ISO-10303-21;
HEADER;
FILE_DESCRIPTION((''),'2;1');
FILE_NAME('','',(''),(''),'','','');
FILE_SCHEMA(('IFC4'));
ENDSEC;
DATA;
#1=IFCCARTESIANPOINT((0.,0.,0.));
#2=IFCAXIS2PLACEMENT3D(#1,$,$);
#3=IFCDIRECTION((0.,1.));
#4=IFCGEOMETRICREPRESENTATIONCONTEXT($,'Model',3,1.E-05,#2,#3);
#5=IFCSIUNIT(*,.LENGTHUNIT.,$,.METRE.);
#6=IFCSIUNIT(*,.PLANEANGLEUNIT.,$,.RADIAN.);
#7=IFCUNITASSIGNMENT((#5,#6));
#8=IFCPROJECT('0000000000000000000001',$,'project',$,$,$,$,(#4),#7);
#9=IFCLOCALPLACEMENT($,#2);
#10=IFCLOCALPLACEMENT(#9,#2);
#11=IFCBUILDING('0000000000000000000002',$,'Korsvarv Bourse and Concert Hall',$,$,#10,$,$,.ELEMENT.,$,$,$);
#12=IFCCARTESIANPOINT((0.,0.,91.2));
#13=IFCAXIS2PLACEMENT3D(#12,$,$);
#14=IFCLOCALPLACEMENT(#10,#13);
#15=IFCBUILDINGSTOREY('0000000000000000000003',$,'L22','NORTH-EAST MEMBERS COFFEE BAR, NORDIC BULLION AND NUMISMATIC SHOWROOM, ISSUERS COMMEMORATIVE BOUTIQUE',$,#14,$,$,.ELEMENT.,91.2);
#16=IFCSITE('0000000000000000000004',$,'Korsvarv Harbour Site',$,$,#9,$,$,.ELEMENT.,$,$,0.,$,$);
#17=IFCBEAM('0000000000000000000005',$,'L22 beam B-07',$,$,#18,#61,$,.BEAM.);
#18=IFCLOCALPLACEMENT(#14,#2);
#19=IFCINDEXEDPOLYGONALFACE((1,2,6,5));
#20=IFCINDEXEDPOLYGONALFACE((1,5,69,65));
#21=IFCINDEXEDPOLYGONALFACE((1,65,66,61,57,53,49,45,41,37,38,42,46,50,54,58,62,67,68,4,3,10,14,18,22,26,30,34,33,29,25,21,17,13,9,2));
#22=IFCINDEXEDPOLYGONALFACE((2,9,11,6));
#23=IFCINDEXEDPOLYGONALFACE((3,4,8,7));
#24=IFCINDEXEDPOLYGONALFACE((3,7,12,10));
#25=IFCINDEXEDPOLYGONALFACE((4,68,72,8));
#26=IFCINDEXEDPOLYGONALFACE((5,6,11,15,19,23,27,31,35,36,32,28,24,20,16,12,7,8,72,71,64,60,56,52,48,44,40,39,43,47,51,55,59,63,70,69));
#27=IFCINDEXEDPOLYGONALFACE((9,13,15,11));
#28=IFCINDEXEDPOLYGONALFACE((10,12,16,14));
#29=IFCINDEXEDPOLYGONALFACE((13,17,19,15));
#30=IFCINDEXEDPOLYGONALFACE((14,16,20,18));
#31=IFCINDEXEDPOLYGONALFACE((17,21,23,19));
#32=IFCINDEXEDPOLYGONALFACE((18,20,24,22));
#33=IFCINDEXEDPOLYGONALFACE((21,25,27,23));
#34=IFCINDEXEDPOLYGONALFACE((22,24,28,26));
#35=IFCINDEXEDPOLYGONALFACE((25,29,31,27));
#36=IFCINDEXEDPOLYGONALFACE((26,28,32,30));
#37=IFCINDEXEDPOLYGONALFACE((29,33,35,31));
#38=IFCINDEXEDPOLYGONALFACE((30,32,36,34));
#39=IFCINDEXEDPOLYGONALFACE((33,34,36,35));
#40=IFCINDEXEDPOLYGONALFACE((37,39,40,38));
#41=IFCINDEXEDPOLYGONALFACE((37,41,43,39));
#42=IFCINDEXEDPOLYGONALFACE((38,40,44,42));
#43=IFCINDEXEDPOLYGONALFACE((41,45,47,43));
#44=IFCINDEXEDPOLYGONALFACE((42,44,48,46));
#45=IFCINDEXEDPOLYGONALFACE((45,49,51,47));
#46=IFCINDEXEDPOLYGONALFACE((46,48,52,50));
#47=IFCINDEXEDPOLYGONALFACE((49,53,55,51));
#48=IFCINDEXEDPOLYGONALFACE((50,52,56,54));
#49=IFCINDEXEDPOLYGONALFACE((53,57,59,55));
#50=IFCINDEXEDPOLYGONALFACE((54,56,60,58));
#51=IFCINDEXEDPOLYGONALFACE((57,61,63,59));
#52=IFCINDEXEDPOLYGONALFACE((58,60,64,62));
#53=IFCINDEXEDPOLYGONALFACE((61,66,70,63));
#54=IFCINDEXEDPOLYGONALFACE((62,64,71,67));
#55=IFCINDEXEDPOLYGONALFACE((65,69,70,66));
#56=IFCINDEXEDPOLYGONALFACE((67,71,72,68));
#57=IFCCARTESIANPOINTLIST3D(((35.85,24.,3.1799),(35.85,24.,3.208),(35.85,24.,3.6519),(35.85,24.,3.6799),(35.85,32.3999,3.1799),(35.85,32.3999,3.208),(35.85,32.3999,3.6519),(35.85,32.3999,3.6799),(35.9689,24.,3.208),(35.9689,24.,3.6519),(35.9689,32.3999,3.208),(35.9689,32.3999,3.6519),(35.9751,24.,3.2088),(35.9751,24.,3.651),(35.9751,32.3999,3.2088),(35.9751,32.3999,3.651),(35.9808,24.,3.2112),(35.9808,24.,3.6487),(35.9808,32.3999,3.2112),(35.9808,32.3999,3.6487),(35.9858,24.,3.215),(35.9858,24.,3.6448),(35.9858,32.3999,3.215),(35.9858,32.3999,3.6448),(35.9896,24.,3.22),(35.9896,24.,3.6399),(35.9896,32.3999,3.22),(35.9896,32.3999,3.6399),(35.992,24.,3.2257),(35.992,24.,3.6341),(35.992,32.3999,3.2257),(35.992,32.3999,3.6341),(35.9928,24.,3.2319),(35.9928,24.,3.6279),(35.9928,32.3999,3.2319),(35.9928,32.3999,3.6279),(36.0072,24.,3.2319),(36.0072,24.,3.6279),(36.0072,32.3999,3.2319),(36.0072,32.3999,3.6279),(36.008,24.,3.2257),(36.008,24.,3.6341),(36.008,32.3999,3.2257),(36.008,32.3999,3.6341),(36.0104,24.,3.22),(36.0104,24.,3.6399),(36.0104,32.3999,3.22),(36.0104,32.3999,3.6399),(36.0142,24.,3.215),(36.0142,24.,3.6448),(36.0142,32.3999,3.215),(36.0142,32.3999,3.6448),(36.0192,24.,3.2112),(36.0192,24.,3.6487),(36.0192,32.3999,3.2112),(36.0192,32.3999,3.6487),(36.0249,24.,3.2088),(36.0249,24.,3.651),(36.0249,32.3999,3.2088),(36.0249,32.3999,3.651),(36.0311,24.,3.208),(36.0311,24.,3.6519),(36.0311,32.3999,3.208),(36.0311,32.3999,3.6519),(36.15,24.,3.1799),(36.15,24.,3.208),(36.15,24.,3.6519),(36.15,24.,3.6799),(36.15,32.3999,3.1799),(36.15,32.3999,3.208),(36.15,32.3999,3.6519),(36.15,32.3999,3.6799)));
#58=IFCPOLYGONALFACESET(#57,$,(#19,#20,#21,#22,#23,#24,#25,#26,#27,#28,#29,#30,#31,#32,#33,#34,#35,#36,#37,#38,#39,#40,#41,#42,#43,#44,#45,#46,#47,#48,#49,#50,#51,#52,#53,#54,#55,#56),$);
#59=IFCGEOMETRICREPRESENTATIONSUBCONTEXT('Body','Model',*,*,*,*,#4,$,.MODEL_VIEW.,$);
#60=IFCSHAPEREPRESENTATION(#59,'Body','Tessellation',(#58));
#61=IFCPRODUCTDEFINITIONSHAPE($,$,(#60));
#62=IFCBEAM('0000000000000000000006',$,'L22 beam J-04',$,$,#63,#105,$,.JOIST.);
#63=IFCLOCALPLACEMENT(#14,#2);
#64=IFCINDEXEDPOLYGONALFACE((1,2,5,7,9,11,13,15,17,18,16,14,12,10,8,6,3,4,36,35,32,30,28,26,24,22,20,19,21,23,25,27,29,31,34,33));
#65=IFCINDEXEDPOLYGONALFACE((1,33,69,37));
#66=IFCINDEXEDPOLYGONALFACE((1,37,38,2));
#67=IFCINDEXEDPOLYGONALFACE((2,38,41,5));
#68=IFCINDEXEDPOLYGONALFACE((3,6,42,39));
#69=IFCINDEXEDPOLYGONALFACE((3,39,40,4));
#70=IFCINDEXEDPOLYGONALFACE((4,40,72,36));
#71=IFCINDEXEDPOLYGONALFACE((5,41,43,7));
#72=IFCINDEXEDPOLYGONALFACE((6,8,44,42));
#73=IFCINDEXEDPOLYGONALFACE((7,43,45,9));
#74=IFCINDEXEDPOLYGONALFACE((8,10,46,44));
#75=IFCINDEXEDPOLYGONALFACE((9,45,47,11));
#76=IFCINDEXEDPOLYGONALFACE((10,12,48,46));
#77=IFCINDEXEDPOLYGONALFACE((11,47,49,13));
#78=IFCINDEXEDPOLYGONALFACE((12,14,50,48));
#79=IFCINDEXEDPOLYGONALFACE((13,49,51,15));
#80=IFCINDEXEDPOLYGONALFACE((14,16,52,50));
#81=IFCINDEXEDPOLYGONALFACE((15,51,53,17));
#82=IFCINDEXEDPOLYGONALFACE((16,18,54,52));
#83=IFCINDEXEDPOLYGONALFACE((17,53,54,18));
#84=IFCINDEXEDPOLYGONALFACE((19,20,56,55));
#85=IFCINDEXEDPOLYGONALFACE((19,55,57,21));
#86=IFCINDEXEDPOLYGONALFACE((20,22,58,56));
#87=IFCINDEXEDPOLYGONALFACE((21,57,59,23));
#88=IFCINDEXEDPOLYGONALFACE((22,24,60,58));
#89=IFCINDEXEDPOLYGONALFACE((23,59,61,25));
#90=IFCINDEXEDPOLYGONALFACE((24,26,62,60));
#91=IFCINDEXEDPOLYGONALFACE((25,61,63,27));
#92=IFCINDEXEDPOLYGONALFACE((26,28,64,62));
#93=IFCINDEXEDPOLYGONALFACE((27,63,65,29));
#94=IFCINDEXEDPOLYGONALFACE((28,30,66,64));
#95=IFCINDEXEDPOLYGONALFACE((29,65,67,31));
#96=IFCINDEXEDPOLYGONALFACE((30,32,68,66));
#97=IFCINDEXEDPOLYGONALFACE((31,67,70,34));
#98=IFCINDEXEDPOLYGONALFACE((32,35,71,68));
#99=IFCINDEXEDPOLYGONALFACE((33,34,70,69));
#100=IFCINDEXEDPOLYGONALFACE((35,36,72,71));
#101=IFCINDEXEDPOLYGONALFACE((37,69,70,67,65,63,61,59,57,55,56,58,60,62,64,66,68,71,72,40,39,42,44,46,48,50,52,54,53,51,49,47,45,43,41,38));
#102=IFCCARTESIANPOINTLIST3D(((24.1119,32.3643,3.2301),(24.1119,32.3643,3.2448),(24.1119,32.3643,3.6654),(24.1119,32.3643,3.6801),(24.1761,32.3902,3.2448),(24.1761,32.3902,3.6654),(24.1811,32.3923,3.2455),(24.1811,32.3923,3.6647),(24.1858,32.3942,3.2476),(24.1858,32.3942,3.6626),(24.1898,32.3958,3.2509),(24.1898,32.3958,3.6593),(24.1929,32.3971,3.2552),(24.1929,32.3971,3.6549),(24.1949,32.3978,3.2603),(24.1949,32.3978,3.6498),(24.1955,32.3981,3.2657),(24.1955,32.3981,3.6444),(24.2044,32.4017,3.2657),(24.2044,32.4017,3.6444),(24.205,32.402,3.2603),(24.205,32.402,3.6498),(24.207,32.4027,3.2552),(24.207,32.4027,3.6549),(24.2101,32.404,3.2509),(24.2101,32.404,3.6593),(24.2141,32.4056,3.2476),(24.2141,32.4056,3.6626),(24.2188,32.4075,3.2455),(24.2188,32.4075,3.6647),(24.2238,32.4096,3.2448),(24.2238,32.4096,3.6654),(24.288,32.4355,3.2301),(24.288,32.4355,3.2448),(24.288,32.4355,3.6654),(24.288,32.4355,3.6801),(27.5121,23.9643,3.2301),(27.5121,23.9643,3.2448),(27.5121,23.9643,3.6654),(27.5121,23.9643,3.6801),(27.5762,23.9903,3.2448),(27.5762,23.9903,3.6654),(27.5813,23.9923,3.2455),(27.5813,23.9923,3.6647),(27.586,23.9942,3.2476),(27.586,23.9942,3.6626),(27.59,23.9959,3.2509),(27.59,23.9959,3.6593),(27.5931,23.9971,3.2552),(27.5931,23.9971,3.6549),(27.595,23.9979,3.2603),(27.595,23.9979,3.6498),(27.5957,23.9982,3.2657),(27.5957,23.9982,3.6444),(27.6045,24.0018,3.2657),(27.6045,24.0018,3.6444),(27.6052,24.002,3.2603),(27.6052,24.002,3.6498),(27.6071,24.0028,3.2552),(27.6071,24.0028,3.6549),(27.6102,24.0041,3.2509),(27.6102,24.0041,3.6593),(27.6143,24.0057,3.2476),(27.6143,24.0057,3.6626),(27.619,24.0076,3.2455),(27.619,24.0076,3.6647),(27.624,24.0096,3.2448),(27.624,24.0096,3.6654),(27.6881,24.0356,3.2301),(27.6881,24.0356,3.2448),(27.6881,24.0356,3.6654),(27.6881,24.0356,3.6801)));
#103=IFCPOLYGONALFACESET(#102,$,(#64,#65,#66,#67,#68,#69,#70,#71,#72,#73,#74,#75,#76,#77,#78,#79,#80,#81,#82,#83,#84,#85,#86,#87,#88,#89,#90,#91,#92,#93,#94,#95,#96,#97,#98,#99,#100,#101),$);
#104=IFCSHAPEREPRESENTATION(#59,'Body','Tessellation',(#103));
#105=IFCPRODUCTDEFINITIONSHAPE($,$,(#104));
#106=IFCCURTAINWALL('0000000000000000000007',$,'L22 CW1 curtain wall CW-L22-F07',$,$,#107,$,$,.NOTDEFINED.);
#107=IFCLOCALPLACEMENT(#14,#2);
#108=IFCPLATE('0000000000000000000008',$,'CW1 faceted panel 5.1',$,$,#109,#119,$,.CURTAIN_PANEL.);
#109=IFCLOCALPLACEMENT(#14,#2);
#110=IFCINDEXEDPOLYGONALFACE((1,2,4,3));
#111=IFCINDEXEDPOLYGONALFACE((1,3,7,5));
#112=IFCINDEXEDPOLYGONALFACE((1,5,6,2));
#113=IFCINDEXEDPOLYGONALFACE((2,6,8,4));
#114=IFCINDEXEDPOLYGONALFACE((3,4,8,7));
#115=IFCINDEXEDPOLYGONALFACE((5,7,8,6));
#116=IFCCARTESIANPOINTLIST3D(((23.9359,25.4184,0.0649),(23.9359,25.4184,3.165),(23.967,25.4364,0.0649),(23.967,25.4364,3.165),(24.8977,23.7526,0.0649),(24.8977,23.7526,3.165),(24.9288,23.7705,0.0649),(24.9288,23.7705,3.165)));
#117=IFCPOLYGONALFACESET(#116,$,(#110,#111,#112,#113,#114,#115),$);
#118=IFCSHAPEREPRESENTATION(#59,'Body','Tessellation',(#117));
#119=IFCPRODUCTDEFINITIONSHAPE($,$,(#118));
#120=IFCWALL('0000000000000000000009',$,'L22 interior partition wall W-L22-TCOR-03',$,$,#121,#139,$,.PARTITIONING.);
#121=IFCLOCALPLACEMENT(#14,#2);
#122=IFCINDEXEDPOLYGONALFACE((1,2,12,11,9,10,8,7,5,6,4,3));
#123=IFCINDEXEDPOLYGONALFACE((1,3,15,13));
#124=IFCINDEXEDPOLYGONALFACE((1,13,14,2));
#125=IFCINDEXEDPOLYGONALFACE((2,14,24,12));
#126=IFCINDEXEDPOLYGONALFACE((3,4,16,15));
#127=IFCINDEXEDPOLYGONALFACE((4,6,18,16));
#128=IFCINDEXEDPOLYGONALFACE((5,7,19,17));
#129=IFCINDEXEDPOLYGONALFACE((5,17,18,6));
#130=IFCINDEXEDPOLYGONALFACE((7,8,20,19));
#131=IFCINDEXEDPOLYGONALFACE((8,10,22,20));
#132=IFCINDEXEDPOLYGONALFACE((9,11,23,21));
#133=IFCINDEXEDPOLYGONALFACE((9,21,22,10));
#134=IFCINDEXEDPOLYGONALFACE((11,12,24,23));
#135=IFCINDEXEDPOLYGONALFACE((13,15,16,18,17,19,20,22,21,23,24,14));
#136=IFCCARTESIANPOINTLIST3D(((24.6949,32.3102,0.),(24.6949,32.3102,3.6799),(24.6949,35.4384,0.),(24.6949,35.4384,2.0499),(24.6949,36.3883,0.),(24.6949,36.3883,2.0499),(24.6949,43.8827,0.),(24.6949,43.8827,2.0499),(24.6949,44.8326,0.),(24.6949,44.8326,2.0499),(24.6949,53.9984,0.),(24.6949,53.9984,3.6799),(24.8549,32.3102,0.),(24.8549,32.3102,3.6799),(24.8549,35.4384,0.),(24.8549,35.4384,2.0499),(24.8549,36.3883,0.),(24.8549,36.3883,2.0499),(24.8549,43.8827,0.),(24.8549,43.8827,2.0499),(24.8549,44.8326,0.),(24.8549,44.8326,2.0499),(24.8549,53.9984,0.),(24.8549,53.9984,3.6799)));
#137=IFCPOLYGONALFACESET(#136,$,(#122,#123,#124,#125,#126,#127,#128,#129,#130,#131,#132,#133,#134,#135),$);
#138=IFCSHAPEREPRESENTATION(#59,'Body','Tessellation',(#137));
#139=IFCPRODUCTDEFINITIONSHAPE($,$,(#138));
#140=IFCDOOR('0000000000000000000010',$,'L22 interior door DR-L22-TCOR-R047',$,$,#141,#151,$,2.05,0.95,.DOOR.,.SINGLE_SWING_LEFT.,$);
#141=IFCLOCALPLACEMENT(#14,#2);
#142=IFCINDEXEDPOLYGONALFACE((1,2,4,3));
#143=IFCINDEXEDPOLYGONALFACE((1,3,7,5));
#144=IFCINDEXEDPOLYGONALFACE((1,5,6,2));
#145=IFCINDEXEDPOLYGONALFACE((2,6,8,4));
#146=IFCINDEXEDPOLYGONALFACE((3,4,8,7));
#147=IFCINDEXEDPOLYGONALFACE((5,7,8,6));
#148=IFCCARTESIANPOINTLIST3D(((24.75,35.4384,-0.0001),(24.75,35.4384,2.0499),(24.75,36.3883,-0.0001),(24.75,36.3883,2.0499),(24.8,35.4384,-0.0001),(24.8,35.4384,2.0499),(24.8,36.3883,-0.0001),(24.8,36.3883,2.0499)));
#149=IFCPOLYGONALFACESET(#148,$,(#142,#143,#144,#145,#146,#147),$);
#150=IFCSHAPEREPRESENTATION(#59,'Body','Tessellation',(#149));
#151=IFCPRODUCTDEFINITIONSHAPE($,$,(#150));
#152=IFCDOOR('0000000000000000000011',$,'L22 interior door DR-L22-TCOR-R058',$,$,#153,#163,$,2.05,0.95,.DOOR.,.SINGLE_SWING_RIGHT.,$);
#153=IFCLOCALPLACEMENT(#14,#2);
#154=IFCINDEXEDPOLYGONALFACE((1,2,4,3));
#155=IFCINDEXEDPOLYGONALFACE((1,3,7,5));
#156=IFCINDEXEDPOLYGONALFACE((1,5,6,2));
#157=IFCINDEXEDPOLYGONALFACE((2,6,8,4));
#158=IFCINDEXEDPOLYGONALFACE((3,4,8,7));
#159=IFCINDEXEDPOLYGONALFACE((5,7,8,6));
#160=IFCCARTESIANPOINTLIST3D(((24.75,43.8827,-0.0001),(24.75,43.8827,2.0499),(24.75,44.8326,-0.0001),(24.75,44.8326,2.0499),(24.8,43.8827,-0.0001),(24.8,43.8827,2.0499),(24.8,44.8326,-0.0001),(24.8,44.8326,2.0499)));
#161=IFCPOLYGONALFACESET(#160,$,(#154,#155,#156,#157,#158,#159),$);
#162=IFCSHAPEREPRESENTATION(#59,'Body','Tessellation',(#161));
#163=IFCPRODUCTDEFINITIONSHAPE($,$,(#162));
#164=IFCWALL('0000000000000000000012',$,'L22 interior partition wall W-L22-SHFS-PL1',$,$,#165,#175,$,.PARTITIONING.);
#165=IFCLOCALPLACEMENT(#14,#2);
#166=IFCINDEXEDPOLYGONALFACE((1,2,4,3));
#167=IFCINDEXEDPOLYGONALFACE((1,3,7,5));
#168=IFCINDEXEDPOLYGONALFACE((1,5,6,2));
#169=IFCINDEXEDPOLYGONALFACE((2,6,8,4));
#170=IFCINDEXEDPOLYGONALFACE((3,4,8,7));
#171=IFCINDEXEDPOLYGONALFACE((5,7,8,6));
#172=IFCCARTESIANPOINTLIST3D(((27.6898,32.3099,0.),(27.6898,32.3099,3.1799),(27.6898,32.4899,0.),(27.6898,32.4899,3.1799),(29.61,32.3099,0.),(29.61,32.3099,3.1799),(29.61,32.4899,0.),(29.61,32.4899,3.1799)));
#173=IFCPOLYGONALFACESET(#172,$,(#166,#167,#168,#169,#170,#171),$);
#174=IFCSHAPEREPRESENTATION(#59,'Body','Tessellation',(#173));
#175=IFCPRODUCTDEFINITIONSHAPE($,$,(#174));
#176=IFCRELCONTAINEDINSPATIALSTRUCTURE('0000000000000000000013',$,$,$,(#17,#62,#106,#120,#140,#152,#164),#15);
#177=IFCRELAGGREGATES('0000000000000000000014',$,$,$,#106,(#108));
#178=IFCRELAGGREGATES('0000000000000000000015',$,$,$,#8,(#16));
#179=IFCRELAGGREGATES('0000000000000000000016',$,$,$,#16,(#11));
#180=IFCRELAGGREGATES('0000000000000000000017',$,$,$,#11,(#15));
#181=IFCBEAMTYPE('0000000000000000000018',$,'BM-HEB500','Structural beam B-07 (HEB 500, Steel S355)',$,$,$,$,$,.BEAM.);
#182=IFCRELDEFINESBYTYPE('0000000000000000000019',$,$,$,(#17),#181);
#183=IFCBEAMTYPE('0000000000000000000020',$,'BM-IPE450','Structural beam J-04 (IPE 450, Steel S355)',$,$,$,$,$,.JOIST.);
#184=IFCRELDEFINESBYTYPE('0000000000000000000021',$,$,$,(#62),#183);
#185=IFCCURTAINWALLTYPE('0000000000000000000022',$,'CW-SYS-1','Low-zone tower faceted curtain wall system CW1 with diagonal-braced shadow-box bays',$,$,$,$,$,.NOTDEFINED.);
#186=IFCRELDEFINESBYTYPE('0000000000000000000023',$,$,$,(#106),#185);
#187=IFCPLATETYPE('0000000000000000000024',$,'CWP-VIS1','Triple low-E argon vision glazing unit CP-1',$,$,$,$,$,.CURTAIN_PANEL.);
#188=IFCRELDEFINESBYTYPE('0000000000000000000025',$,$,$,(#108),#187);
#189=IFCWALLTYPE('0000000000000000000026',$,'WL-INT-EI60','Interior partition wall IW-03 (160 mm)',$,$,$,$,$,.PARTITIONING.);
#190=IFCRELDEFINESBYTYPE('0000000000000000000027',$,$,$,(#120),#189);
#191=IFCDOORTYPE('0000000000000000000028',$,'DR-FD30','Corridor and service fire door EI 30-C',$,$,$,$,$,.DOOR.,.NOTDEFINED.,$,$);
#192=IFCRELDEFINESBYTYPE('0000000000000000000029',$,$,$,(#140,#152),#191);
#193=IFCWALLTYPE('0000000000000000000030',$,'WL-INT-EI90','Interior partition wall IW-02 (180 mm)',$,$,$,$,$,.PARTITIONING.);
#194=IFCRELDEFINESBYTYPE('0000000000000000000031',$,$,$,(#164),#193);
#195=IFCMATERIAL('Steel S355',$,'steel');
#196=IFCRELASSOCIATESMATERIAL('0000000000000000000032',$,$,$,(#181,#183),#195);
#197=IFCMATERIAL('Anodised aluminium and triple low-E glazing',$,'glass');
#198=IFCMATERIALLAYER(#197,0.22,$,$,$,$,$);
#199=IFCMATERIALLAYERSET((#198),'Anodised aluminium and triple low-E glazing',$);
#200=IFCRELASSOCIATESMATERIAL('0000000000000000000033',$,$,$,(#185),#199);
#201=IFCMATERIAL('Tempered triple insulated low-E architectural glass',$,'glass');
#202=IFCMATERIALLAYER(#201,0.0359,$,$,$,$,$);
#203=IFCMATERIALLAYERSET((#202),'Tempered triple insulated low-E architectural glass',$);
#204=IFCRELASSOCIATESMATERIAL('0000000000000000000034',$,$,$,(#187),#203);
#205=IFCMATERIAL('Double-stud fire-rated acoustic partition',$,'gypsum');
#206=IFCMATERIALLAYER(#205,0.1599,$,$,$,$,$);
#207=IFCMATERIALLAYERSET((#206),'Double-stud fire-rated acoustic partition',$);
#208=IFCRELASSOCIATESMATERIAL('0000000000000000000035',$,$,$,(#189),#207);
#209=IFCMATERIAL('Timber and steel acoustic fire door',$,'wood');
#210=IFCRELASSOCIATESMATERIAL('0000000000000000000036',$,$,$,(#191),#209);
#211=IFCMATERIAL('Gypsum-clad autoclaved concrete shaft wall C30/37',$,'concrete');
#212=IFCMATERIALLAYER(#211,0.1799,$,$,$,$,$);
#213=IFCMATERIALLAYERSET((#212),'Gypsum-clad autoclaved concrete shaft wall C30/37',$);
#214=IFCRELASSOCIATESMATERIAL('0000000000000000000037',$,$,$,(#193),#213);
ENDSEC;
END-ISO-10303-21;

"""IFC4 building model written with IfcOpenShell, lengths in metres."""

from ifc_helpers import new_model, si_unit, direction, frame, frame_2d, origin, origin_2d, place, context, subcontext, project, spatial, rectangle, i_section, extrude, source, transform, mapped, material, layer, layer_set, material_profile, profile_set, type_object, element, fill, aggregate, save


model = new_model("IFC4")

# Units and contexts
model_context = context("Model", 3, precision=1e-05, world=origin(), true_north=direction((0.0, 1.0)))
body_context = subcontext(model_context, "Body", "Model", "MODEL_VIEW")
ifc_project = project(units=[si_unit("LENGTHUNIT", "METRE"), si_unit("PLANEANGLEUNIT", "RADIAN")], contexts=[model_context])

# Site, building, storey
site_placement = place(None, origin())
site = spatial("IfcSite", under=ifc_project, at=site_placement, Name="Korsvarv Harbour Site", CompositionType="ELEMENT", RefElevation=0.0)
building_placement = place(site_placement, origin())
building = spatial("IfcBuilding", under=site, at=building_placement, Name="Korsvarv Bourse and Concert Hall", CompositionType="ELEMENT")
storey_placement = place(building_placement, frame((0.0, 0.0, 91.2)))
storey = spatial("IfcBuildingStorey", under=building, at=storey_placement, Name="L22", Description="NORTH-EAST MEMBERS COFFEE BAR, NORDIC BULLION AND NUMISMATIC SHOWROOM, ISSUERS COMMEMORATIVE BOUTIQUE", CompositionType="ELEMENT", Elevation=91.2)

# Beams
ifc_material_1 = material(Name="Steel S355", Category="steel")
ifc_material_profile_1 = material_profile(ifc_material_1, i_section(OverallWidth=0.3, OverallDepth=0.5, WebThickness=0.0144, FlangeThickness=0.0281, FilletRadius=0.0239, at=origin_2d()), Name="HEB 500")
ifc_profile_set_1 = profile_set([ifc_material_profile_1], Name="Steel S355")
beam_type_1 = type_object("IfcBeamType", Name="BM-HEB500", Description="Structural beam B-07 (HEB 500, Steel S355)", PredefinedType="BEAM", material=ifc_profile_set_1)
shared_shape_1 = source(origin(), body_context, "Body", "SweptSolid", [
    extrude(i_section(OverallWidth=0.3, OverallDepth=0.5, WebThickness=0.0144, FlangeThickness=0.0281, FilletRadius=0.0239, at=origin_2d()), origin(), (0.0, 0.0, 1.0), 8.3999),
])
for number, where, z_axis, x_axis, name in (
    (1, (36.0, 24.0, 3.4299), (0.0, 1.0, 0.0), (-1.0, 0.0, 0.0), "L22 beam B-07"),
):
    element("IfcBeam", number, at=place(storey_placement, frame(where, z_axis=z_axis, x_axis=x_axis)), inside=storey, type_object=beam_type_1, Name=name, PredefinedType="BEAM", context=body_context, shape_type="MappedRepresentation", body=[
        mapped(shared_shape_1, transform((0.0, 0.0, 0.0), scale=1.0)),
    ])
ifc_material_profile_2 = material_profile(ifc_material_1, i_section(OverallWidth=0.1899, OverallDepth=0.45, WebThickness=0.0095, FlangeThickness=0.0146, FilletRadius=0.021, at=origin_2d()), Name="IPE 450")
ifc_profile_set_2 = profile_set([ifc_material_profile_2], Name="Steel S355")
beam_type_2 = type_object("IfcBeamType", Name="BM-IPE450", Description="Structural beam J-04 (IPE 450, Steel S355)", PredefinedType="JOIST", material=ifc_profile_set_2)
shared_shape_2 = source(origin(), body_context, "Body", "SweptSolid", [
    extrude(i_section(OverallWidth=0.1899, OverallDepth=0.45, WebThickness=0.0095, FlangeThickness=0.0146, FilletRadius=0.021, at=origin_2d()), origin(), (0.0, 0.0, 1.0), 9.062),
])
beam_1_placement = place(storey_placement, frame((24.2, 32.3999, 3.4551), z_axis=(0.37521, -0.92694, 0.0), x_axis=(0.92694, 0.37521, 0.0)))
element("IfcBeam", 2, at=beam_1_placement, inside=storey, type_object=beam_type_2, Name="L22 beam J-04", PredefinedType="JOIST", context=body_context, shape_type="MappedRepresentation", body=[
    mapped(shared_shape_2, transform((0.0, 0.0, 0.0), scale=1.0)),
])

# Curtain wall, plate
ifc_material_2 = material(Name="Anodised aluminium and triple low-E glazing", Category="glass")
ifc_layer_1 = layer(ifc_material_2, 0.22)
ifc_layer_set_1 = layer_set([ifc_layer_1], Name="Anodised aluminium and triple low-E glazing")
curtain_wall_type = type_object("IfcCurtainWallType", Name="CW-SYS-1", Description="Low-zone tower faceted curtain wall system CW1 with diagonal-braced shadow-box bays", PredefinedType="NOTDEFINED", material=ifc_layer_set_1)
curtain_wall_placement = place(storey_placement, origin())
curtain_wall = element("IfcCurtainWall", 3, at=curtain_wall_placement, inside=storey, type_object=curtain_wall_type, Name="L22 CW1 curtain wall CW-L22-F07", PredefinedType="NOTDEFINED")
ifc_material_3 = material(Name="Tempered triple insulated low-E architectural glass", Category="glass")
ifc_layer_2 = layer(ifc_material_3, 0.0359)
ifc_layer_set_2 = layer_set([ifc_layer_2], Name="Tempered triple insulated low-E architectural glass")
plate_type = type_object("IfcPlateType", Name="CWP-VIS1", Description="Triple low-E argon vision glazing unit CP-1", PredefinedType="CURTAIN_PANEL", material=ifc_layer_set_2)
shared_shape_3 = source(origin(), body_context, "Body", "SweptSolid", [
    extrude(rectangle(XDim=1.9236, YDim=0.0359, at=origin_2d()), origin(), (0.0, 0.0, 1.0), 3.1001),
])
plate_placement = place(storey_placement, frame((24.4324, 24.5945, 0.0649), z_axis=(0.0, 0.0, 1.0), x_axis=(0.499999, -0.866026, 0.0)))
plate = element("IfcPlate", 4, at=plate_placement, type_object=plate_type, Name="CW1 faceted panel 5.1", PredefinedType="CURTAIN_PANEL", context=body_context, shape_type="MappedRepresentation", body=[
    mapped(shared_shape_3, transform((0.0, 0.0, 0.0), scale=1.0)),
])
aggregate(curtain_wall, [plate])

# Wall, openings, doors
ifc_material_4 = material(Name="Double-stud fire-rated acoustic partition", Category="gypsum")
ifc_layer_3 = layer(ifc_material_4, 0.1599)
ifc_layer_set_3 = layer_set([ifc_layer_3], Name="Double-stud fire-rated acoustic partition")
wall_type_1 = type_object("IfcWallType", Name="WL-INT-EI60", Description="Interior partition wall IW-03 (160 mm)", PredefinedType="PARTITIONING", material=ifc_layer_set_3)
wall_1_placement = place(storey_placement, frame((24.7749, 32.3101, 0.0), z_axis=(0.0, 0.0, 1.0), x_axis=(0.0, 1.0, 0.0)))
wall_1 = element("IfcWall", 5, at=wall_1_placement, inside=storey, type_object=wall_type_1, Name="L22 interior partition wall W-L22-TCOR-03", PredefinedType="PARTITIONING", context=body_context, shape_type="SweptSolid", body=[
    extrude(rectangle(XDim=21.6882, YDim=0.1599, at=frame_2d((10.8442, 0.0))), origin(), (0.0, 0.0, 1.0), 3.6799),
])
opening_1_placement = place(wall_1_placement, frame((3.1282, 0.0, 0.0)))
opening_1 = element("IfcOpeningElement", 6, at=opening_1_placement, cuts=wall_1, PredefinedType="OPENING", context=body_context, shape_type="SweptSolid", body=[
    extrude(rectangle(XDim=0.95, YDim=2.05, at=frame_2d((0.4751, 1.0249))), frame((0.0, 0.0898, 0.0), z_axis=(0.0, -1.0, 0.0), x_axis=(1.0, 0.0, 0.0)), (0.0, 0.0, 1.0), 0.1799),
])
opening_2_placement = place(wall_1_placement, frame((11.5725, 0.0, 0.0)))
opening_2 = element("IfcOpeningElement", 7, at=opening_2_placement, cuts=wall_1, PredefinedType="OPENING", context=body_context, shape_type="SweptSolid", body=[
    extrude(rectangle(XDim=0.95, YDim=2.05, at=frame_2d((0.4751, 1.0249))), frame((0.0, 0.0898, 0.0), z_axis=(0.0, -1.0, 0.0), x_axis=(1.0, 0.0, 0.0)), (0.0, 0.0, 1.0), 0.1799),
])
ifc_material_5 = material(Name="Timber and steel acoustic fire door", Category="wood")
door_type = type_object("IfcDoorType", Name="DR-FD30", Description="Corridor and service fire door EI 30-C", OperationType="NOTDEFINED", PredefinedType="DOOR", material=ifc_material_5)
door_1_placement = place(opening_1_placement, origin())
door_1 = element("IfcDoor", 8, at=door_1_placement, inside=storey, type_object=door_type, Name="L22 interior door DR-L22-TCOR-R047", OperationType="SINGLE_SWING_LEFT", OverallHeight=2.05, OverallWidth=0.95, PredefinedType="DOOR", context=body_context, shape_type="SweptSolid", body=[
    extrude(rectangle(XDim=0.95, YDim=2.05, at=frame_2d((0.4751, 1.0249))), frame((0.0, 0.0249, 0.0), z_axis=(0.0, -1.0, 0.0), x_axis=(1.0, 0.0, 0.0)), (0.0, 0.0, 1.0), 0.05),
])
fill(opening_1, door_1)
door_2_placement = place(opening_2_placement, origin())
door_2 = element("IfcDoor", 9, at=door_2_placement, inside=storey, type_object=door_type, Name="L22 interior door DR-L22-TCOR-R058", OperationType="SINGLE_SWING_RIGHT", OverallHeight=2.05, OverallWidth=0.95, PredefinedType="DOOR", context=body_context, shape_type="SweptSolid", body=[
    extrude(rectangle(XDim=0.95, YDim=2.05, at=frame_2d((0.4751, 1.0249))), frame((0.0, 0.0249, 0.0), z_axis=(0.0, -1.0, 0.0), x_axis=(1.0, 0.0, 0.0)), (0.0, 0.0, 1.0), 0.05),
])
fill(opening_2, door_2)

# Wall
ifc_material_6 = material(Name="Gypsum-clad autoclaved concrete shaft wall C30/37", Category="concrete")
ifc_layer_4 = layer(ifc_material_6, 0.1799)
ifc_layer_set_4 = layer_set([ifc_layer_4], Name="Gypsum-clad autoclaved concrete shaft wall C30/37")
wall_type_2 = type_object("IfcWallType", Name="WL-INT-EI90", Description="Interior partition wall IW-02 (180 mm)", PredefinedType="PARTITIONING", material=ifc_layer_set_4)
wall_2_placement = place(storey_placement, frame((27.6899, 32.3999, 0.0), z_axis=(0.0, 0.0, 1.0), x_axis=(1.0, 0.0, 0.0)))
element("IfcWall", 10, at=wall_2_placement, inside=storey, type_object=wall_type_2, Name="L22 interior partition wall W-L22-SHFS-PL1", PredefinedType="PARTITIONING", context=body_context, shape_type="SweptSolid", body=[
    extrude(rectangle(XDim=1.9202, YDim=0.1799, at=frame_2d((0.96, 0.0))), origin(), (0.0, 0.0, 1.0), 3.1799),
])

save(model, "model.ifc")
